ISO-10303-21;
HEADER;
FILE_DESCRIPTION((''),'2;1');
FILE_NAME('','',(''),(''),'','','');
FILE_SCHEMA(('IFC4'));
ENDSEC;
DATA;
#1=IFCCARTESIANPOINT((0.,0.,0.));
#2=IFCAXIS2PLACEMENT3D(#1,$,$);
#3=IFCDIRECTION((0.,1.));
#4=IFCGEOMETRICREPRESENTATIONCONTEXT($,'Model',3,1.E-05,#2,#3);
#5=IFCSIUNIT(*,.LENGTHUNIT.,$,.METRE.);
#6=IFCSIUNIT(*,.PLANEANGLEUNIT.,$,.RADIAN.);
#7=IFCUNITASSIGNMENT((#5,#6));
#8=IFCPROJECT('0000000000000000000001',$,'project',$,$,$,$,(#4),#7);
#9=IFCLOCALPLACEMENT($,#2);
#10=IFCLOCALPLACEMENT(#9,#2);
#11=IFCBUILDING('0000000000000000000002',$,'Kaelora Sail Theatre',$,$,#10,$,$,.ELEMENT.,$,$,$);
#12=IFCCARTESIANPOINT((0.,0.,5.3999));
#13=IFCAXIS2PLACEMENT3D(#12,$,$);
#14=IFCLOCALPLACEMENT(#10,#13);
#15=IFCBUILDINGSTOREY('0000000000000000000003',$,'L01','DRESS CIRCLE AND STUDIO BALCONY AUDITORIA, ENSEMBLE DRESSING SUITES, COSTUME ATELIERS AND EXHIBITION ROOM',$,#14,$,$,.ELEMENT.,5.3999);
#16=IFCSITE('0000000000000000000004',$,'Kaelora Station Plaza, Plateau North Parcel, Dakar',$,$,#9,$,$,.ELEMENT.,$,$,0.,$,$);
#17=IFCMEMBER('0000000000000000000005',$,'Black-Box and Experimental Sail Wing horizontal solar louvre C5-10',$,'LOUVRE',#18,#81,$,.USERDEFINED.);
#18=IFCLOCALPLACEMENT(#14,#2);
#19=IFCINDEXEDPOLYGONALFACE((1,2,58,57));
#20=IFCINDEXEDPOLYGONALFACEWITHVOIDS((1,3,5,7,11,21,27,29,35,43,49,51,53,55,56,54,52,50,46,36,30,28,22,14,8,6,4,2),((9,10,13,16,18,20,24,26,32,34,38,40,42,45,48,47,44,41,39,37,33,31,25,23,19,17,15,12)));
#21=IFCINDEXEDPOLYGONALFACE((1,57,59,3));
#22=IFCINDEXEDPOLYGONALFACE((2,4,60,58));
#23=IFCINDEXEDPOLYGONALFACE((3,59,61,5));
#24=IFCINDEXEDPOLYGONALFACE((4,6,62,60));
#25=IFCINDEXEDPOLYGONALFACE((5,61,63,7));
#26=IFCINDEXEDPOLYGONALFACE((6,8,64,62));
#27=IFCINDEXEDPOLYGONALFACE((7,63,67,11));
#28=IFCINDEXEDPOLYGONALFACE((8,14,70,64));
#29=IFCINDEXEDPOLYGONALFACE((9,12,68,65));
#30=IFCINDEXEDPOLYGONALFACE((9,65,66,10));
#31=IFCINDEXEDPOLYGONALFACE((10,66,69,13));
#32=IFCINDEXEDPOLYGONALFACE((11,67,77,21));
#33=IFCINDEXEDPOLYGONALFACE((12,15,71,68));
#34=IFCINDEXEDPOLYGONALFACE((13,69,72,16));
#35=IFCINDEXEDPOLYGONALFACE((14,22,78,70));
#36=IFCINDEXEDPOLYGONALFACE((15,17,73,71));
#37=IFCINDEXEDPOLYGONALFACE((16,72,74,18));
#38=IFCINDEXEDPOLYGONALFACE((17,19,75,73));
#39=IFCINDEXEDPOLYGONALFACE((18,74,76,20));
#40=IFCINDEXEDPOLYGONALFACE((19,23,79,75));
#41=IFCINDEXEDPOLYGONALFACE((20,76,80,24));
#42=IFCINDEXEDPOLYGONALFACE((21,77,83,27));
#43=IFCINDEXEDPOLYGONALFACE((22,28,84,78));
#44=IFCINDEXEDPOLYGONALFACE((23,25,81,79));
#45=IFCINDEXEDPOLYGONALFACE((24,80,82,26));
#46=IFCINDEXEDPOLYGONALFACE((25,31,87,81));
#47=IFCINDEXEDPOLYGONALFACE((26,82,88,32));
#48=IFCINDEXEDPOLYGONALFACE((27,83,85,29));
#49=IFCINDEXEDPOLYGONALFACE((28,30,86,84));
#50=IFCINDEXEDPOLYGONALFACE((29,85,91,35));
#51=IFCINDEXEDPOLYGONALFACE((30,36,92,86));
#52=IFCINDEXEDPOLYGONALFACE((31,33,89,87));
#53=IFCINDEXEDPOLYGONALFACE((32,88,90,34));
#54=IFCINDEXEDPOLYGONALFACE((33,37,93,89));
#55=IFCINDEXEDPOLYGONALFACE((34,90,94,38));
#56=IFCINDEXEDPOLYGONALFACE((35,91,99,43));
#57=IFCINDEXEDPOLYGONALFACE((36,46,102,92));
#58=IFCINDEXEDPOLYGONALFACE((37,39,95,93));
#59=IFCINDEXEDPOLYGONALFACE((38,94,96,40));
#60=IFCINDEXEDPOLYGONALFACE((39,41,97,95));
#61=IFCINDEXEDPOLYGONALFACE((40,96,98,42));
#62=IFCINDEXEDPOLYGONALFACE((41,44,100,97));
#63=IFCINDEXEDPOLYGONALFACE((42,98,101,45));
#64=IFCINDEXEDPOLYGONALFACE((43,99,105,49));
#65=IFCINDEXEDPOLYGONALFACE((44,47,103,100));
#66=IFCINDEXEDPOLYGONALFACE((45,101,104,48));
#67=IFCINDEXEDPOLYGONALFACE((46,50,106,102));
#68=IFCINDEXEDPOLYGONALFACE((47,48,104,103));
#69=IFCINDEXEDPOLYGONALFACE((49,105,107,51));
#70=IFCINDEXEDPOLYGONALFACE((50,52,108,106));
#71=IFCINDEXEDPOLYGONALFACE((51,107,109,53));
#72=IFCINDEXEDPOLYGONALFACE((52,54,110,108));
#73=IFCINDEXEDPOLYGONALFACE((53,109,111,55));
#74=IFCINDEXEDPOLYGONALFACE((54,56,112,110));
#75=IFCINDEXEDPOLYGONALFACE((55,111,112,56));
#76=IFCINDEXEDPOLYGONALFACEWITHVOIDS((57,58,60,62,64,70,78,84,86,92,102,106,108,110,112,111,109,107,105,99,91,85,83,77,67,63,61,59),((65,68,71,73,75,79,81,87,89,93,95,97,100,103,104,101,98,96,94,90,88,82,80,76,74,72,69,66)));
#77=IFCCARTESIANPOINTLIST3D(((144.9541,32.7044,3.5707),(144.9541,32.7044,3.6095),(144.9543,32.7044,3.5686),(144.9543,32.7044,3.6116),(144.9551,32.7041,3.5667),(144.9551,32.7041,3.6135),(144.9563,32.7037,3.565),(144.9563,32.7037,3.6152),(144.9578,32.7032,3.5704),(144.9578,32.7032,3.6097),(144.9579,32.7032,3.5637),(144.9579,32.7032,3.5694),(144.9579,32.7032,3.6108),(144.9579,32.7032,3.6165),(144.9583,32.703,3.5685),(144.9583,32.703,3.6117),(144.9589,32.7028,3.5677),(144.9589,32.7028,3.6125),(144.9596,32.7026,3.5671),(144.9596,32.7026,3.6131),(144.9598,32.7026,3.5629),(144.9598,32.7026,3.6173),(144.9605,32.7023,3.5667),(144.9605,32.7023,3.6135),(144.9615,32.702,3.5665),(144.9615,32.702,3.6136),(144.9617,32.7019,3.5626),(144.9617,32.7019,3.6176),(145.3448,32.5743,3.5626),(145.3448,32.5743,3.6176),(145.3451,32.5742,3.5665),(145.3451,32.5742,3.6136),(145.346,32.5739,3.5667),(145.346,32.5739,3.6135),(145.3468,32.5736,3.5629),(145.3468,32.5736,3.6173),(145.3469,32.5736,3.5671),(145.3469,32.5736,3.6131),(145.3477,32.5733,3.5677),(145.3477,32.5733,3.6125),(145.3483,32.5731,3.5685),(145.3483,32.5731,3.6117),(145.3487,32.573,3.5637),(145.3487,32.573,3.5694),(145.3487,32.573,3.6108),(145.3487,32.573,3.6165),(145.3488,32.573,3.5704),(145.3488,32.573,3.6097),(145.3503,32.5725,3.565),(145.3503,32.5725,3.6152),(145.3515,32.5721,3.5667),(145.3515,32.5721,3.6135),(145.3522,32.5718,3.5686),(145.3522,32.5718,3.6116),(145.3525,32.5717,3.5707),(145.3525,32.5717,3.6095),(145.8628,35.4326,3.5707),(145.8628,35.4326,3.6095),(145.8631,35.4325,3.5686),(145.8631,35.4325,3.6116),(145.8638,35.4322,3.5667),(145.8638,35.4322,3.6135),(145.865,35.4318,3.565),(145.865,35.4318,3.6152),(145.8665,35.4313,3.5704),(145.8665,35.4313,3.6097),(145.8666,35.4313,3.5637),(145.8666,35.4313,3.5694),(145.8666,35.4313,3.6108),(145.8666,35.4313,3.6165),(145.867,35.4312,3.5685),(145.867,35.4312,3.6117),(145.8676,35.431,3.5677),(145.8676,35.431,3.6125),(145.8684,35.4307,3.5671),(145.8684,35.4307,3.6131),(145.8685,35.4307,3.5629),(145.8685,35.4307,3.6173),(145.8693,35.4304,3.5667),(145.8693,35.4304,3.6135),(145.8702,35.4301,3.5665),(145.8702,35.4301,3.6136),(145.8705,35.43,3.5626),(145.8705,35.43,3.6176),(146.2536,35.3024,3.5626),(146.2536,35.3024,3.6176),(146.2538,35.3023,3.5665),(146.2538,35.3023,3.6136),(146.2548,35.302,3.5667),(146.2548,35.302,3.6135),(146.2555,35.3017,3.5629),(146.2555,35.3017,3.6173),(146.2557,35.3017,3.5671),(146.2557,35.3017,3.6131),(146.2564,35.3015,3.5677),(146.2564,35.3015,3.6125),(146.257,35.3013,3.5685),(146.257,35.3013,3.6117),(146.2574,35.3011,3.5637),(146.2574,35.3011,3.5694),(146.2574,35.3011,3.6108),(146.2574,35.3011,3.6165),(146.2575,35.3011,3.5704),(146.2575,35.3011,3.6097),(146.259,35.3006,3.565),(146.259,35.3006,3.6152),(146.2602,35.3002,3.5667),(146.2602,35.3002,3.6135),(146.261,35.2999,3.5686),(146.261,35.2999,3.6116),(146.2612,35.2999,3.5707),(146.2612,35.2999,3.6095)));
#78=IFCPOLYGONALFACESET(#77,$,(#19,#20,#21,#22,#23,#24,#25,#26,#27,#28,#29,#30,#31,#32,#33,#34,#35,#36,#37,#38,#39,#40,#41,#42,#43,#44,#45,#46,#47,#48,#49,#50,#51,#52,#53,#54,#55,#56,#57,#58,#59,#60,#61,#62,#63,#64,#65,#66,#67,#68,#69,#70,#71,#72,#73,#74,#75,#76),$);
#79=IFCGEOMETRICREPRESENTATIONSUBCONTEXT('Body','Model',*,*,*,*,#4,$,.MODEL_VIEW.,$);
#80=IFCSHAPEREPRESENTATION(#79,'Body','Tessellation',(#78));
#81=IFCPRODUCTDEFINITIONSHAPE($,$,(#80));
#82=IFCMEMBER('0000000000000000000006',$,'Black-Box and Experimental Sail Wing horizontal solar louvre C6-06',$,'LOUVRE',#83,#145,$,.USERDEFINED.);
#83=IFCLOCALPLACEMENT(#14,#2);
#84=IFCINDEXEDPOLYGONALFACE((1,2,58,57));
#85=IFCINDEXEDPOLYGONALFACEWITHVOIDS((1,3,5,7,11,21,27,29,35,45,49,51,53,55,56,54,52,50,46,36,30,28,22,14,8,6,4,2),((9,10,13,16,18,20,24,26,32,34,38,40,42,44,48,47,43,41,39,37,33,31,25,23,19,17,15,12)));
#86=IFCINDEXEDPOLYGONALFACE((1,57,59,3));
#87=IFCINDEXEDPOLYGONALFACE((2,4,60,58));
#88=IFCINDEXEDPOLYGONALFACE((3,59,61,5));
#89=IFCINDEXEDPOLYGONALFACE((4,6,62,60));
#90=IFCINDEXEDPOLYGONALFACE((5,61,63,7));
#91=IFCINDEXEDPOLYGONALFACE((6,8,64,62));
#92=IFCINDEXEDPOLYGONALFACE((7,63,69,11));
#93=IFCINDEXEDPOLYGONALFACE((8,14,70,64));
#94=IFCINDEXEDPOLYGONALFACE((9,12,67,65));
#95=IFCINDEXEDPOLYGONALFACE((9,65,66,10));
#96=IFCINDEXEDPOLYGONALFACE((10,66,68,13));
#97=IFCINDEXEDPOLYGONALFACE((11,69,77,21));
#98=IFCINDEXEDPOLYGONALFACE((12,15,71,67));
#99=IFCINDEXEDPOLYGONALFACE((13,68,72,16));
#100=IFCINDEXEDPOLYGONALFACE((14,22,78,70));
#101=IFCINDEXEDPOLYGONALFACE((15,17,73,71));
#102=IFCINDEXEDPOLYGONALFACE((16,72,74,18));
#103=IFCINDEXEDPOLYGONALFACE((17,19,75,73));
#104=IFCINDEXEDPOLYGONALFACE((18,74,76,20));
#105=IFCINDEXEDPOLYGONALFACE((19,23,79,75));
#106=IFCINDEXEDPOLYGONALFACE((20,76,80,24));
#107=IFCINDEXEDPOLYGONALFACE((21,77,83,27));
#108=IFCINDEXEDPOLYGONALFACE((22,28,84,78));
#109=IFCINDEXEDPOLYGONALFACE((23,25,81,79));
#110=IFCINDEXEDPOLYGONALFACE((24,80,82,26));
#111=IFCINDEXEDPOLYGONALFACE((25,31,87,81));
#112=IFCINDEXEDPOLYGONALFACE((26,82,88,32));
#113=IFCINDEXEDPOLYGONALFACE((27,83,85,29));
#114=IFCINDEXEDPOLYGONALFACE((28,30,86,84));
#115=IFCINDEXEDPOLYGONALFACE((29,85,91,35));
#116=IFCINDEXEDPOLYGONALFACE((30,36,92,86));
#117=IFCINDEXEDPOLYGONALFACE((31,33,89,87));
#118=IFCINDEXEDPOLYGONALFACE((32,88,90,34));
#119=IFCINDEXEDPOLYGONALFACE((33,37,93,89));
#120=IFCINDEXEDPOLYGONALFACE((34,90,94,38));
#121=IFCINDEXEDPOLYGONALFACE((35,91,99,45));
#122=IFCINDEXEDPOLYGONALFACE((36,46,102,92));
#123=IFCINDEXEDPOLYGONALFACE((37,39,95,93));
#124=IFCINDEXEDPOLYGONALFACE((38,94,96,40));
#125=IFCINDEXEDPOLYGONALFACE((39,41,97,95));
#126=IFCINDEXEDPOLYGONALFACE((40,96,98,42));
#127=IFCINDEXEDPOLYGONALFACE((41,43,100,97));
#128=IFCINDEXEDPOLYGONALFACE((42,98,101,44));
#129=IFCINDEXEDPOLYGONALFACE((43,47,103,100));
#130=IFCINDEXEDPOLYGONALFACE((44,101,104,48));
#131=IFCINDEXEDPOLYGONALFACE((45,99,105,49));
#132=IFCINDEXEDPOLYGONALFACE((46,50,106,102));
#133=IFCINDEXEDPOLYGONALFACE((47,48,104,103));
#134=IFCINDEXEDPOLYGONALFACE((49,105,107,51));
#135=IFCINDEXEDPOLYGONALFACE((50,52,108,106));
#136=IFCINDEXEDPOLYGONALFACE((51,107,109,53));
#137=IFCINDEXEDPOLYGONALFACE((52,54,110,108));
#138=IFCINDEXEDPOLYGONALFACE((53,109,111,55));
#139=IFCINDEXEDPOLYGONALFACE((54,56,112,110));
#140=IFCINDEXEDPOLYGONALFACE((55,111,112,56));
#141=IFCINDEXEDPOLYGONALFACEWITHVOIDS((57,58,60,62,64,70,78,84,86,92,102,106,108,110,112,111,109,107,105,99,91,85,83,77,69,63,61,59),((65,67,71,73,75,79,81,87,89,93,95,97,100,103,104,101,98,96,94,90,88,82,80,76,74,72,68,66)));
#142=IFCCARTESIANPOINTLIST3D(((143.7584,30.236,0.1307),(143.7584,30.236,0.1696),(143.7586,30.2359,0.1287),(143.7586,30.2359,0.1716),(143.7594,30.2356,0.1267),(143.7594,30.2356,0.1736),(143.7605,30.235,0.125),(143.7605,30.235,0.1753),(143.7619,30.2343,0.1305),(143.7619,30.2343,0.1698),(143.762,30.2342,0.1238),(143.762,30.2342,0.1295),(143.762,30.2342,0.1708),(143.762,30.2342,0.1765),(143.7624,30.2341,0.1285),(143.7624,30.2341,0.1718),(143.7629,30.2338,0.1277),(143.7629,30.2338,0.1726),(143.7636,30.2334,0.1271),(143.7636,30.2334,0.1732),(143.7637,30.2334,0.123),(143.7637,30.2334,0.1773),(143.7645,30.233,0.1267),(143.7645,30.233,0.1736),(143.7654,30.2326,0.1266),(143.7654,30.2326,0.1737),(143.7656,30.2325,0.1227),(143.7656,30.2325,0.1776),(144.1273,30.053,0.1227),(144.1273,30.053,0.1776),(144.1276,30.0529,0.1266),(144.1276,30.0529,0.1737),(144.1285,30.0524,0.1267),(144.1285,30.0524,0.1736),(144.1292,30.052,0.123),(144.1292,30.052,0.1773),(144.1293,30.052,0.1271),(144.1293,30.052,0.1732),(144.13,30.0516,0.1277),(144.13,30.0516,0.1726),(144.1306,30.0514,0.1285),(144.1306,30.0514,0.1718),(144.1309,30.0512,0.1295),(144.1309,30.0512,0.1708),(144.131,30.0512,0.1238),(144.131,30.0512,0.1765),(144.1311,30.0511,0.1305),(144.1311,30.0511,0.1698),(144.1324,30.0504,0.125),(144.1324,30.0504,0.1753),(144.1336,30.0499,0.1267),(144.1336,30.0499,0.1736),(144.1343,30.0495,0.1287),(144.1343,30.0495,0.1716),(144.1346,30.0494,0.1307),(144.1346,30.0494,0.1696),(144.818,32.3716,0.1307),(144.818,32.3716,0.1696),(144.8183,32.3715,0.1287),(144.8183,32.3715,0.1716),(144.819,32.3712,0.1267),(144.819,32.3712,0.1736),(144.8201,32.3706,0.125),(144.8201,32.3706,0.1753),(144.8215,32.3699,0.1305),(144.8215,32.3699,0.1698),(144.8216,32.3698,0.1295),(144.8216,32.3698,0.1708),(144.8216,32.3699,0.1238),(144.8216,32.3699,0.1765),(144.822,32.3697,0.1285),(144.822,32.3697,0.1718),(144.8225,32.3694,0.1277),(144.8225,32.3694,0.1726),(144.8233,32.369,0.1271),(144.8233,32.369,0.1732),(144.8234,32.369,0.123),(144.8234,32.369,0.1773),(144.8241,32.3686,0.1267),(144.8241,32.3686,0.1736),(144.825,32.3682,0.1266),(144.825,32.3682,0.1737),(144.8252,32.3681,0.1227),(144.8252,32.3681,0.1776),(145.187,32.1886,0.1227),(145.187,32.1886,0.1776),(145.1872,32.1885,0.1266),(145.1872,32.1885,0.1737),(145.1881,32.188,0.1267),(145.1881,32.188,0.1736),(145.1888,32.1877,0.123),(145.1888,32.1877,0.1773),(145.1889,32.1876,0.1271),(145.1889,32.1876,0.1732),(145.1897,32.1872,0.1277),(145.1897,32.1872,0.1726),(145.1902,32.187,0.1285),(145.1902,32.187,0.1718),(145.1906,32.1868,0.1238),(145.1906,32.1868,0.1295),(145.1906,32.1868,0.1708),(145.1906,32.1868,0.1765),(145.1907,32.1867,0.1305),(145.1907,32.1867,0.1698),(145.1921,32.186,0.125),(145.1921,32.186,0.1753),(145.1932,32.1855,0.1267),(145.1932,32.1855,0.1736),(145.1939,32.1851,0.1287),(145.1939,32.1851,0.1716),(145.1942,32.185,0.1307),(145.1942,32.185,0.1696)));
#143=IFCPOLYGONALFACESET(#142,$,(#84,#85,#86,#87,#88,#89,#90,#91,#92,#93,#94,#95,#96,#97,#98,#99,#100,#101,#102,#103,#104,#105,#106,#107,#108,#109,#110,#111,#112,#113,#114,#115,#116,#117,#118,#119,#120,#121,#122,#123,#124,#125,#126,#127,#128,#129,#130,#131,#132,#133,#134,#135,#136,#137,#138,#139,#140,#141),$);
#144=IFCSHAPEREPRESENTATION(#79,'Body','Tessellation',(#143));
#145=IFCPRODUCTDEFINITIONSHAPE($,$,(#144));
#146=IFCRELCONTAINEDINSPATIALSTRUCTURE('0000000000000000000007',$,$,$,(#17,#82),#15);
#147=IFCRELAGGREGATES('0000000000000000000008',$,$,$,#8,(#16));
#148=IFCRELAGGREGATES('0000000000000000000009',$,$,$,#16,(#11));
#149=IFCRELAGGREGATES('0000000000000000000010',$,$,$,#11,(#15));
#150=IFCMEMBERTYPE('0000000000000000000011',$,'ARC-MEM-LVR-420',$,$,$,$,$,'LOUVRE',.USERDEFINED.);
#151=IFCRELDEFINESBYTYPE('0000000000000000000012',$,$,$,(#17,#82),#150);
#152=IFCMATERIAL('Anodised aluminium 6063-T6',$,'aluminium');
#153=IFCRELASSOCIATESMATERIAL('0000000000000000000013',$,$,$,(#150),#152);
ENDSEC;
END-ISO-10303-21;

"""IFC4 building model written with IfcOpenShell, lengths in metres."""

from ifc_helpers import new_model, si_unit, direction, frame, origin, origin_2d, place, context, subcontext, project, spatial, hollow_rectangle, extrude, material, material_profile, profile_set, type_object, element, save


model = new_model("IFC4")

# Units and contexts
model_context = context("Model", 3, precision=1e-05, world=origin(), true_north=direction((0.0, 1.0)))
body_context = subcontext(model_context, "Body", "Model", "MODEL_VIEW")
ifc_project = project(units=[si_unit("LENGTHUNIT", "METRE"), si_unit("PLANEANGLEUNIT", "RADIAN")], contexts=[model_context])

# Site, building, storey
site_placement = place(None, origin())
site = spatial("IfcSite", under=ifc_project, at=site_placement, Name="Kaelora Station Plaza, Plateau North Parcel, Dakar", CompositionType="ELEMENT", RefElevation=0.0)
building_placement = place(site_placement, origin())
building = spatial("IfcBuilding", under=site, at=building_placement, Name="Kaelora Sail Theatre", CompositionType="ELEMENT")
storey_placement = place(building_placement, frame((0.0, 0.0, 5.3999)))
storey = spatial("IfcBuildingStorey", under=building, at=storey_placement, Name="L01", Description="DRESS CIRCLE AND STUDIO BALCONY AUDITORIA, ENSEMBLE DRESSING SUITES, COSTUME ATELIERS AND EXHIBITION ROOM", CompositionType="ELEMENT", Elevation=5.3999)

# Members
ifc_material_1 = material(Name="Anodised aluminium 6063-T6", Category="aluminium")
ifc_material_profile_1 = material_profile(ifc_material_1, hollow_rectangle(XDim=0.4199, YDim=0.0549, WallThickness=0.0039, InnerFilletRadius=0.0039, OuterFilletRadius=0.0081, at=origin_2d()), Name="LOUVRE 420x55x4")
ifc_profile_set_1 = profile_set([ifc_material_profile_1], Name="Anodised aluminium 6063-T6")
member_type = type_object("IfcMemberType", Name="ARC-MEM-LVR-420", ElementType="LOUVRE", PredefinedType="USERDEFINED", material=ifc_profile_set_1)
for number, where, z_axis, x_axis, name in (
    (1, (146.062, 35.3662, 3.5901), (-0.316024, -0.948751, 0.0), (0.948751, -0.316024, 0.0), "Black-Box and Experimental Sail Wing horizontal solar louvre C5-10"),
):
    element("IfcMember", number, at=place(storey_placement, frame(where, z_axis=z_axis, x_axis=x_axis)), inside=storey, type_object=member_type, Name=name, ObjectType="LOUVRE", PredefinedType="USERDEFINED", context=body_context, shape_type="SweptSolid", body=[
        extrude(hollow_rectangle(XDim=0.4199, YDim=0.0549, WallThickness=0.0039, InnerFilletRadius=0.0039, OuterFilletRadius=0.0081, at=origin_2d()), origin(), (0.0, 0.0, 1.0), 2.8755),
    ])
for number, where, z_axis, x_axis, name in (
    (2, (145.0061, 32.2783, 0.1501), (-0.444467, -0.895795, 0.0), (0.895795, -0.444467, 0.0), "Black-Box and Experimental Sail Wing horizontal solar louvre C6-06"),
):
    element("IfcMember", number, at=place(storey_placement, frame(where, z_axis=z_axis, x_axis=x_axis)), inside=storey, type_object=member_type, Name=name, ObjectType="LOUVRE", PredefinedType="USERDEFINED", context=body_context, shape_type="SweptSolid", body=[
        extrude(hollow_rectangle(XDim=0.4199, YDim=0.0549, WallThickness=0.0039, InnerFilletRadius=0.0039, OuterFilletRadius=0.0081, at=origin_2d()), origin(), (0.0, 0.0, 1.0), 2.384),
    ])

save(model, "model.ifc")
